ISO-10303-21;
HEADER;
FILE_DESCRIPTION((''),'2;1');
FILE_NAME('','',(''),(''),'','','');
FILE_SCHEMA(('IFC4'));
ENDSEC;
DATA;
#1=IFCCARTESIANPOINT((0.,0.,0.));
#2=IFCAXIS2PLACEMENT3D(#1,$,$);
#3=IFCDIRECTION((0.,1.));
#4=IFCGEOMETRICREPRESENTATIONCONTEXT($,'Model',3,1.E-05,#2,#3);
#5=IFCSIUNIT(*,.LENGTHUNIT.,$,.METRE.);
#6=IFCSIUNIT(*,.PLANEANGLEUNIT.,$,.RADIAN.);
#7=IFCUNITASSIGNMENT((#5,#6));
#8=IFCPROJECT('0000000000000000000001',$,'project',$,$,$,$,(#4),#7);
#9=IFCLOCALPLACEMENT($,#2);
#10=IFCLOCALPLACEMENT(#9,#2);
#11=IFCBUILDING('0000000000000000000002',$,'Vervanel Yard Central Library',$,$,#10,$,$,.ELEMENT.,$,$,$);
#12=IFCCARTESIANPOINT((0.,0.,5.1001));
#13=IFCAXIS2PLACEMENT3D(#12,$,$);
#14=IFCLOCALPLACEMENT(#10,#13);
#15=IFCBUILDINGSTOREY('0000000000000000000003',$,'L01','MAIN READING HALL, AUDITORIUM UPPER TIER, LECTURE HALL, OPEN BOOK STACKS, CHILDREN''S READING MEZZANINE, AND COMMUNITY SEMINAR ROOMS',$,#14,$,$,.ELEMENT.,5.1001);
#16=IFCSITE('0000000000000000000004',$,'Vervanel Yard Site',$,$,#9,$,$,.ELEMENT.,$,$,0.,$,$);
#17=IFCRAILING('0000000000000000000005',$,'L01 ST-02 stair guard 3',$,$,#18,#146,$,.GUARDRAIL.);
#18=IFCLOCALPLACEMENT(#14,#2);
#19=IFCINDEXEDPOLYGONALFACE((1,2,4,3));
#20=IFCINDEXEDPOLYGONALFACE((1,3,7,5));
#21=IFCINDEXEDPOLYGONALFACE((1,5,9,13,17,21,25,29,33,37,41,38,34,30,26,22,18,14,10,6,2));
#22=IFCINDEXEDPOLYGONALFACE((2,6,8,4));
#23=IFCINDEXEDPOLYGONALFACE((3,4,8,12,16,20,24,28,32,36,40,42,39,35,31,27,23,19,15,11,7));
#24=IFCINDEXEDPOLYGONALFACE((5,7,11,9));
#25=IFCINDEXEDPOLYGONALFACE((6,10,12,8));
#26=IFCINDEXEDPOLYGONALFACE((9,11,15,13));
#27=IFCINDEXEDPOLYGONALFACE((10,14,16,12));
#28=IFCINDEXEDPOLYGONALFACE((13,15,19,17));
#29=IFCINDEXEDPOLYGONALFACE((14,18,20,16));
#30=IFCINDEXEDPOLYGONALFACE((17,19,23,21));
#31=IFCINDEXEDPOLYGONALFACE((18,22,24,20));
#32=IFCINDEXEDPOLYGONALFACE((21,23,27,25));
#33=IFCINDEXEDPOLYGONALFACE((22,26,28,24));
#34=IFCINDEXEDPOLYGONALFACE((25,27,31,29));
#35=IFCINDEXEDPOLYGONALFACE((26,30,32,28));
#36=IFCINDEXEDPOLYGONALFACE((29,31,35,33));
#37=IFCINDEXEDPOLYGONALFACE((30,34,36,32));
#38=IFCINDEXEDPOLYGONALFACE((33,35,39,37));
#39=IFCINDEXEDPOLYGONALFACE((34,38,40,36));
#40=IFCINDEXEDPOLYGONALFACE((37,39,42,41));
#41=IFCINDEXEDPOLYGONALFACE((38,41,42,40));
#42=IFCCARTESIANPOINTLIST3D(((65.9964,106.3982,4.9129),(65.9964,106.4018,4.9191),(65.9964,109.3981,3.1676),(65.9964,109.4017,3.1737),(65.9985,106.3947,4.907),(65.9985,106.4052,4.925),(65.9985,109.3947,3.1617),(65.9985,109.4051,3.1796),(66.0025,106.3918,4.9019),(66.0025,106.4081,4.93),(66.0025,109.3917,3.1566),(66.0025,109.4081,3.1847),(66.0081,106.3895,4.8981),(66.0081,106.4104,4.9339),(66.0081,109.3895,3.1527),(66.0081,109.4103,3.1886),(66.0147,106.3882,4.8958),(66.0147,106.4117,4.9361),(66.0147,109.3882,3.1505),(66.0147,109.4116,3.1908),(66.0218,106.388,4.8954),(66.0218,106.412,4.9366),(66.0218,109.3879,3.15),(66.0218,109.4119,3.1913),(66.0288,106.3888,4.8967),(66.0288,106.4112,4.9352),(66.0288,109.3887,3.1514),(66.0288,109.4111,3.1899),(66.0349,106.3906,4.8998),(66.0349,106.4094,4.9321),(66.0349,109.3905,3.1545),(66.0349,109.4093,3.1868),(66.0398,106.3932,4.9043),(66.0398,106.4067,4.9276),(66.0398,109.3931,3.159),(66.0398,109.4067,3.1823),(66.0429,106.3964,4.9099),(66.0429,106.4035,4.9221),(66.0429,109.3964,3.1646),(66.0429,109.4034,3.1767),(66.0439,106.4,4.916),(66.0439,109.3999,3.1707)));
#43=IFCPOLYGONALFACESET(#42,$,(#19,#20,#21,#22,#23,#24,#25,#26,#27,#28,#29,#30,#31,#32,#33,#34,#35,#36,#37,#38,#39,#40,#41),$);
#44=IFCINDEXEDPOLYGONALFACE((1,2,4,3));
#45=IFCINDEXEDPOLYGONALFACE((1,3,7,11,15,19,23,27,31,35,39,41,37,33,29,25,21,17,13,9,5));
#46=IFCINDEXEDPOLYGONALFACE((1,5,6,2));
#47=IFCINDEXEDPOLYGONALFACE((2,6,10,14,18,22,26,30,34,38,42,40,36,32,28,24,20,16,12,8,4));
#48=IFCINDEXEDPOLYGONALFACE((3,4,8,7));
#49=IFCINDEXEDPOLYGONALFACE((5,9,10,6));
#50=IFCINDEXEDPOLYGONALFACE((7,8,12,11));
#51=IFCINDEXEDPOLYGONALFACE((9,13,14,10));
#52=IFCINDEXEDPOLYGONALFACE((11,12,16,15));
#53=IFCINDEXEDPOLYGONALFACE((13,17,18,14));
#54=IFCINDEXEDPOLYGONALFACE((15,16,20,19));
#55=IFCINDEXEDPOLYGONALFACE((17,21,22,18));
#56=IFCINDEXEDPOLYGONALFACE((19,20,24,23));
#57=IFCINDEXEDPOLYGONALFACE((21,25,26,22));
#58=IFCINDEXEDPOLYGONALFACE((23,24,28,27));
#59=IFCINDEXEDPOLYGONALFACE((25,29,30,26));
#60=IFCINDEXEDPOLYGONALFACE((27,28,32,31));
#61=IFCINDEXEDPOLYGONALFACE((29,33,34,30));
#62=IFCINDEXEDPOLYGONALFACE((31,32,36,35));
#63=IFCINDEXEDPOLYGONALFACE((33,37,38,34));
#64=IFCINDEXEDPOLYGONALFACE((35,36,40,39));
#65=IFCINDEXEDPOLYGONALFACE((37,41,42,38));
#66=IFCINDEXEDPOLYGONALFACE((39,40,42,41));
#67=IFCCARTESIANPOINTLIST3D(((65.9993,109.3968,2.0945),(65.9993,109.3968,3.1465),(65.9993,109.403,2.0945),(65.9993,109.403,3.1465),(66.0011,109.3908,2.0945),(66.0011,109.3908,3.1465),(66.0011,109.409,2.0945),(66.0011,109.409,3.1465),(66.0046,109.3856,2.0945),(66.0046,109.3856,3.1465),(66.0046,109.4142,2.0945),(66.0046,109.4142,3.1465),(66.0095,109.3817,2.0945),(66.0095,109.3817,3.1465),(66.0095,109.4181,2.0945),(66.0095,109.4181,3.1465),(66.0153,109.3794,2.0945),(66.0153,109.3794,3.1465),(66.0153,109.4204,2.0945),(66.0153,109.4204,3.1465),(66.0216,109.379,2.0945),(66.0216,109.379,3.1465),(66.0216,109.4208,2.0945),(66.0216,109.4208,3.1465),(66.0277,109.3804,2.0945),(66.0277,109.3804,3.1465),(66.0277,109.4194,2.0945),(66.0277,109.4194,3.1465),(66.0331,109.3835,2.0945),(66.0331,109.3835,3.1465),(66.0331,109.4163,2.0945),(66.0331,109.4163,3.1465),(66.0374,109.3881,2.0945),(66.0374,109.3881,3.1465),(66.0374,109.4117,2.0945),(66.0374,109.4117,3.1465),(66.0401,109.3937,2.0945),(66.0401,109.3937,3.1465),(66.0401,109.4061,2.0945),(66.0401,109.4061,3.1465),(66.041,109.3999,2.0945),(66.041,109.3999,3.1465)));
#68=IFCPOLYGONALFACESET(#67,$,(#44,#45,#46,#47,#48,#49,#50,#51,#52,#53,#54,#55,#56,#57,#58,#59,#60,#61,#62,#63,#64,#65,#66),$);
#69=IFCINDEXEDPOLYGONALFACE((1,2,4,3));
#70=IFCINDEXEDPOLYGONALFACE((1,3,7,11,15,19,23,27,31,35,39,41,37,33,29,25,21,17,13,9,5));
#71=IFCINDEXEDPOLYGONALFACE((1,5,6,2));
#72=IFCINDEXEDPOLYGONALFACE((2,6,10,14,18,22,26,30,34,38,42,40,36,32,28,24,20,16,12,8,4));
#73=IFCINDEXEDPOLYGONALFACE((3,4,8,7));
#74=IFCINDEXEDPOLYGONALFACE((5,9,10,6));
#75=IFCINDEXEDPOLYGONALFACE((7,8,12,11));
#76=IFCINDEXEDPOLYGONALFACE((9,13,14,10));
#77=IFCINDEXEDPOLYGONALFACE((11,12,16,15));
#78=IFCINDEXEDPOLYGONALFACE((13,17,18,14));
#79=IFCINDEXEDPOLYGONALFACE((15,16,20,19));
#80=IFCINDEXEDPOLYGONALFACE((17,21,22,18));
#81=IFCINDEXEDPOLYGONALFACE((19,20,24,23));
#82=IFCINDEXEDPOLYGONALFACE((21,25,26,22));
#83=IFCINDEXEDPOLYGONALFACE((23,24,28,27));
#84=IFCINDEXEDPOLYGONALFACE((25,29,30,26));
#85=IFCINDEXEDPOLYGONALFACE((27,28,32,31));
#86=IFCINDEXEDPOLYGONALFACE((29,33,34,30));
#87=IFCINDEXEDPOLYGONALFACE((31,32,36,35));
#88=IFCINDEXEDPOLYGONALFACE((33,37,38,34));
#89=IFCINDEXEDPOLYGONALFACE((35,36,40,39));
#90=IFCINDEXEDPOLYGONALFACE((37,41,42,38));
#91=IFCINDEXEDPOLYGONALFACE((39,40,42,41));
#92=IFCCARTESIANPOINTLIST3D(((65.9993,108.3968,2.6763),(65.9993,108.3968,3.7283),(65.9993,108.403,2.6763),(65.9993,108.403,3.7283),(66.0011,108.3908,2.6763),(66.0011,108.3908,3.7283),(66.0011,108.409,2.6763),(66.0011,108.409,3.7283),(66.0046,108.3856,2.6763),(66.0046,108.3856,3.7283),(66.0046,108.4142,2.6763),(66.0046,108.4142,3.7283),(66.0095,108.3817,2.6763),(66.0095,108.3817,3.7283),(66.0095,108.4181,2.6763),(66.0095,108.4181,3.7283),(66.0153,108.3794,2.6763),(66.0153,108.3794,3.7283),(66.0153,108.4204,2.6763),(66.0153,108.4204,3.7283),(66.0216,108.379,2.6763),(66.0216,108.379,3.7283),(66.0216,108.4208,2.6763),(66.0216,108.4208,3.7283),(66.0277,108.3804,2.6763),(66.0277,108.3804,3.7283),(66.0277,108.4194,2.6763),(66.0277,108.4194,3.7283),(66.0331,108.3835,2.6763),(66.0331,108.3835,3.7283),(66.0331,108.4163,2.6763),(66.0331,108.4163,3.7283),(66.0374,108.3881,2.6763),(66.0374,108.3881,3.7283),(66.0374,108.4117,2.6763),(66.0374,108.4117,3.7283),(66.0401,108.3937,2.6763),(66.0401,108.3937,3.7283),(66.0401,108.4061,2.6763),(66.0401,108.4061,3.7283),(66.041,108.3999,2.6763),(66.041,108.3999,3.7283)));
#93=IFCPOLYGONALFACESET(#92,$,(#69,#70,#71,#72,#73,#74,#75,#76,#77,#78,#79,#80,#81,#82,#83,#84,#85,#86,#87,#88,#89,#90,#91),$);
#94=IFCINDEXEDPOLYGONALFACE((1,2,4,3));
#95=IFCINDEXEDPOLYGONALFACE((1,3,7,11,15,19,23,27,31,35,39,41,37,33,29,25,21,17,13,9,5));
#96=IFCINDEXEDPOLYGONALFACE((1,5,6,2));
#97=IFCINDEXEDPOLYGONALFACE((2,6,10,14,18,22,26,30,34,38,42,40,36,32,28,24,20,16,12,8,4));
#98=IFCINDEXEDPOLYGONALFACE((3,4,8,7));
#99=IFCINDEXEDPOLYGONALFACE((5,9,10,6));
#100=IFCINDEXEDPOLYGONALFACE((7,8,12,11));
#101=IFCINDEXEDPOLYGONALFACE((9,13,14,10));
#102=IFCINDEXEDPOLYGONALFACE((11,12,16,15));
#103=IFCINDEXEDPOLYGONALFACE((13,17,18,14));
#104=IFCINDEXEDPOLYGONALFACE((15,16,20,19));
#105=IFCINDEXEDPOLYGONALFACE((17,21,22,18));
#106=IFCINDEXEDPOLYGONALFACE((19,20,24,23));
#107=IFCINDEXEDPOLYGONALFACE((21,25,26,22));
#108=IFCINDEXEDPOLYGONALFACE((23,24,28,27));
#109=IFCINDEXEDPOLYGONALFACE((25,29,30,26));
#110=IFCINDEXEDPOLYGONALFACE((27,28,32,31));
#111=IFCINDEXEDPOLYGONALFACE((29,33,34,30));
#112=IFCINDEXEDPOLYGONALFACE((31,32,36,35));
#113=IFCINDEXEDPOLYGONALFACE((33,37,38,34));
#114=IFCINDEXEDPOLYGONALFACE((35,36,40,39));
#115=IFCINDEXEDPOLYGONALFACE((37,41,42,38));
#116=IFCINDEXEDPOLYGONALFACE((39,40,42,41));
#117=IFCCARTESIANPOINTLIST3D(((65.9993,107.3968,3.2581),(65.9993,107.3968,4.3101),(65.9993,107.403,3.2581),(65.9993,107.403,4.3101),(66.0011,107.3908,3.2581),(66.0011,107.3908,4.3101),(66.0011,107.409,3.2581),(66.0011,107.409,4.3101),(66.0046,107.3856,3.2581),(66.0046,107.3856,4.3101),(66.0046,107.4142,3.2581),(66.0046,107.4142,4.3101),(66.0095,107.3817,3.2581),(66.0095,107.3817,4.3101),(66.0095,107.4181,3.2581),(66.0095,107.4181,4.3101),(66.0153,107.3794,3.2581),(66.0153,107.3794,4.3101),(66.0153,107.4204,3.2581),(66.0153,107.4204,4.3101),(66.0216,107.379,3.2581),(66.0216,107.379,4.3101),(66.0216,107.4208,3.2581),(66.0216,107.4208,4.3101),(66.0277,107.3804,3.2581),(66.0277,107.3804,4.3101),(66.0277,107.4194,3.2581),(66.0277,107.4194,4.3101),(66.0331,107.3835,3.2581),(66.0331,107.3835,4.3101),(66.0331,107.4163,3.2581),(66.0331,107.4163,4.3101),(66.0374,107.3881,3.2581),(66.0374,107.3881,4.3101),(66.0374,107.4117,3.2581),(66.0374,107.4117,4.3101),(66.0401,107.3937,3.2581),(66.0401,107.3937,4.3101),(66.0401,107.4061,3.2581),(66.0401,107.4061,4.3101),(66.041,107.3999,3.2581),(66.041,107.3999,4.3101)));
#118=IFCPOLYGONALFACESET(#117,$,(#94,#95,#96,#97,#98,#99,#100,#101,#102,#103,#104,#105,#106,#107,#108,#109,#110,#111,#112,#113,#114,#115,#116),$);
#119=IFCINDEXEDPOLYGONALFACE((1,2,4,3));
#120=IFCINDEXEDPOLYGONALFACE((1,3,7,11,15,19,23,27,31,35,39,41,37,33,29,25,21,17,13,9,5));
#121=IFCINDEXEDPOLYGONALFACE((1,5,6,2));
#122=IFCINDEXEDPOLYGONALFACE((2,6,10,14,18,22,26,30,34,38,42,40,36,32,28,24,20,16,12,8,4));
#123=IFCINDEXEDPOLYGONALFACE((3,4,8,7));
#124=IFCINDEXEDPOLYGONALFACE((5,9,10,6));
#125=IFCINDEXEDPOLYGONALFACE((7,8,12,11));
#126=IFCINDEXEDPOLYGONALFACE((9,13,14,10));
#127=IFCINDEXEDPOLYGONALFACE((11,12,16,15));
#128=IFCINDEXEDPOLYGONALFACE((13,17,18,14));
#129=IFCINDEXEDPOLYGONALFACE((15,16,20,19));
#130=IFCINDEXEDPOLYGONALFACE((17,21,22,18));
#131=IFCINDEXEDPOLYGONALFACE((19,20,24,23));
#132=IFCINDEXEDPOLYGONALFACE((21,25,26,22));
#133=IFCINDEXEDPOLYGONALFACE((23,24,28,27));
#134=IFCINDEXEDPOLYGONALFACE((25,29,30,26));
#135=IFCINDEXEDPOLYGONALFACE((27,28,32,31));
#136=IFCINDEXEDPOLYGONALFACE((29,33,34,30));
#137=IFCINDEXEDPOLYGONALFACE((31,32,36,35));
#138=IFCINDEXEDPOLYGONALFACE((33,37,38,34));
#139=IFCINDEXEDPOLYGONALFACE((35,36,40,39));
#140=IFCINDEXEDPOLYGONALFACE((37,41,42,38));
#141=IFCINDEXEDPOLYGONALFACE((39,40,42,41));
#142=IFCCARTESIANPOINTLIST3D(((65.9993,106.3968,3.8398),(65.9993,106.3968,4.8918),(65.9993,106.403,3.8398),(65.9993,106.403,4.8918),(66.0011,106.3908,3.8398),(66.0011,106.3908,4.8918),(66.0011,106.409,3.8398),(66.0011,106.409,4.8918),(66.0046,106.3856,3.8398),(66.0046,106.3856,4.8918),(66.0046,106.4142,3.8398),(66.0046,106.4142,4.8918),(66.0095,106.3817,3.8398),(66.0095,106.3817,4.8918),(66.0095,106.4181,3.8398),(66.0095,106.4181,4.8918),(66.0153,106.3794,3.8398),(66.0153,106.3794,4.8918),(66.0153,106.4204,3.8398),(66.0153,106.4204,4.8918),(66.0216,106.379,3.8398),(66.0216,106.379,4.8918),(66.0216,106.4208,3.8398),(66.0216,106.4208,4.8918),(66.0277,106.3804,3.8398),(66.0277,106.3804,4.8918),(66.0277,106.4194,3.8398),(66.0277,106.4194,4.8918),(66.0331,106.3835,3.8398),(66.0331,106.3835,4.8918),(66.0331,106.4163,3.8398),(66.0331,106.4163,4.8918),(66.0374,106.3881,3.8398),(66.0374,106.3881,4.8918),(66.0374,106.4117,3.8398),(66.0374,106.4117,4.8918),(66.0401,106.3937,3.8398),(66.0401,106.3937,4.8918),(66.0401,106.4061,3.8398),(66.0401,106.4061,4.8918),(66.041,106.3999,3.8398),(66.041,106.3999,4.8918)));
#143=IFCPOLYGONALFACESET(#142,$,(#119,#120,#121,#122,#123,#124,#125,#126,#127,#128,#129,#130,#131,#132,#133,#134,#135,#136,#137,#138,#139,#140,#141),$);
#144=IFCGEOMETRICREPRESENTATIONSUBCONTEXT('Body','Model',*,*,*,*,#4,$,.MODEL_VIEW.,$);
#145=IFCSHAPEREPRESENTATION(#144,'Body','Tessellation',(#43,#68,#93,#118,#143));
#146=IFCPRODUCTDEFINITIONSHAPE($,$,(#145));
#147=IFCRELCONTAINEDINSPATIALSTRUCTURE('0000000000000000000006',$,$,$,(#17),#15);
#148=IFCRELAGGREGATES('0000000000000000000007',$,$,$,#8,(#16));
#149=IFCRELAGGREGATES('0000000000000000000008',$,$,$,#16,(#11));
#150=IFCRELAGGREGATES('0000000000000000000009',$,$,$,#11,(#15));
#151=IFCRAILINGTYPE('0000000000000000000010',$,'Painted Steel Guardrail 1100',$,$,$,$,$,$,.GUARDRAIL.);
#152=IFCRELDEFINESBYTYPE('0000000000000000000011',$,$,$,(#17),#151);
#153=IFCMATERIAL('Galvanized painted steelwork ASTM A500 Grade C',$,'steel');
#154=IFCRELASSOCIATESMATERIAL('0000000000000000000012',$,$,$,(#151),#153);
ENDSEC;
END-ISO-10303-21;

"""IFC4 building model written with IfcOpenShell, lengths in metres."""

from ifc_helpers import new_model, si_unit, direction, frame, origin, origin_2d, place, context, subcontext, project, spatial, circle, extrude, material, type_object, element, save


model = new_model("IFC4")

# Units and contexts
model_context = context("Model", 3, precision=1e-05, world=origin(), true_north=direction((0.0, 1.0)))
body_context = subcontext(model_context, "Body", "Model", "MODEL_VIEW")
ifc_project = project(units=[si_unit("LENGTHUNIT", "METRE"), si_unit("PLANEANGLEUNIT", "RADIAN")], contexts=[model_context])

# Site, building, storey
site_placement = place(None, origin())
site = spatial("IfcSite", under=ifc_project, at=site_placement, Name="Vervanel Yard Site", CompositionType="ELEMENT", RefElevation=0.0)
building_placement = place(site_placement, origin())
building = spatial("IfcBuilding", under=site, at=building_placement, Name="Vervanel Yard Central Library", CompositionType="ELEMENT")
storey_placement = place(building_placement, frame((0.0, 0.0, 5.1001)))
storey = spatial("IfcBuildingStorey", under=building, at=storey_placement, Name="L01", Description="MAIN READING HALL, AUDITORIUM UPPER TIER, LECTURE HALL, OPEN BOOK STACKS, CHILDREN'S READING MEZZANINE, AND COMMUNITY SEMINAR ROOMS", CompositionType="ELEMENT", Elevation=5.1001)

# Shared definitions
ifc_material_1 = material(Name="Galvanized painted steelwork ASTM A500 Grade C", Category="steel")

# Railing
railing_type_1 = type_object("IfcRailingType", Name="Painted Steel Guardrail 1100", PredefinedType="GUARDRAIL", material=ifc_material_1)
railing_1_placement = place(storey_placement, frame((66.02, 109.3999, 2.0945)))
element("IfcRailing", 1, at=railing_1_placement, inside=storey, type_object=railing_type_1, Name="L01 ST-02 stair guard 3", PredefinedType="GUARDRAIL", context=body_context, shape_type="SweptSolid", body=[
    extrude(circle(Radius=0.0239, at=origin_2d()), frame((0.0, 0.0, 1.0762), z_axis=(0.0, -0.86436, 0.502874), x_axis=(1.0, 0.0, 0.0)), (0.0, 0.0, 1.0), 3.4707),
    extrude(circle(Radius=0.021, at=origin_2d()), origin(), (0.0, 0.0, 1.0), 1.052),
    extrude(circle(Radius=0.021, at=origin_2d()), frame((0.0, -1.0, 0.5818)), (0.0, 0.0, 1.0), 1.052),
    extrude(circle(Radius=0.021, at=origin_2d()), frame((0.0, -2.0, 1.1636)), (0.0, 0.0, 1.0), 1.052),
    extrude(circle(Radius=0.021, at=origin_2d()), frame((0.0, -3.0, 1.7454)), (0.0, 0.0, 1.0), 1.052),
])

save(model, "model.ifc")
